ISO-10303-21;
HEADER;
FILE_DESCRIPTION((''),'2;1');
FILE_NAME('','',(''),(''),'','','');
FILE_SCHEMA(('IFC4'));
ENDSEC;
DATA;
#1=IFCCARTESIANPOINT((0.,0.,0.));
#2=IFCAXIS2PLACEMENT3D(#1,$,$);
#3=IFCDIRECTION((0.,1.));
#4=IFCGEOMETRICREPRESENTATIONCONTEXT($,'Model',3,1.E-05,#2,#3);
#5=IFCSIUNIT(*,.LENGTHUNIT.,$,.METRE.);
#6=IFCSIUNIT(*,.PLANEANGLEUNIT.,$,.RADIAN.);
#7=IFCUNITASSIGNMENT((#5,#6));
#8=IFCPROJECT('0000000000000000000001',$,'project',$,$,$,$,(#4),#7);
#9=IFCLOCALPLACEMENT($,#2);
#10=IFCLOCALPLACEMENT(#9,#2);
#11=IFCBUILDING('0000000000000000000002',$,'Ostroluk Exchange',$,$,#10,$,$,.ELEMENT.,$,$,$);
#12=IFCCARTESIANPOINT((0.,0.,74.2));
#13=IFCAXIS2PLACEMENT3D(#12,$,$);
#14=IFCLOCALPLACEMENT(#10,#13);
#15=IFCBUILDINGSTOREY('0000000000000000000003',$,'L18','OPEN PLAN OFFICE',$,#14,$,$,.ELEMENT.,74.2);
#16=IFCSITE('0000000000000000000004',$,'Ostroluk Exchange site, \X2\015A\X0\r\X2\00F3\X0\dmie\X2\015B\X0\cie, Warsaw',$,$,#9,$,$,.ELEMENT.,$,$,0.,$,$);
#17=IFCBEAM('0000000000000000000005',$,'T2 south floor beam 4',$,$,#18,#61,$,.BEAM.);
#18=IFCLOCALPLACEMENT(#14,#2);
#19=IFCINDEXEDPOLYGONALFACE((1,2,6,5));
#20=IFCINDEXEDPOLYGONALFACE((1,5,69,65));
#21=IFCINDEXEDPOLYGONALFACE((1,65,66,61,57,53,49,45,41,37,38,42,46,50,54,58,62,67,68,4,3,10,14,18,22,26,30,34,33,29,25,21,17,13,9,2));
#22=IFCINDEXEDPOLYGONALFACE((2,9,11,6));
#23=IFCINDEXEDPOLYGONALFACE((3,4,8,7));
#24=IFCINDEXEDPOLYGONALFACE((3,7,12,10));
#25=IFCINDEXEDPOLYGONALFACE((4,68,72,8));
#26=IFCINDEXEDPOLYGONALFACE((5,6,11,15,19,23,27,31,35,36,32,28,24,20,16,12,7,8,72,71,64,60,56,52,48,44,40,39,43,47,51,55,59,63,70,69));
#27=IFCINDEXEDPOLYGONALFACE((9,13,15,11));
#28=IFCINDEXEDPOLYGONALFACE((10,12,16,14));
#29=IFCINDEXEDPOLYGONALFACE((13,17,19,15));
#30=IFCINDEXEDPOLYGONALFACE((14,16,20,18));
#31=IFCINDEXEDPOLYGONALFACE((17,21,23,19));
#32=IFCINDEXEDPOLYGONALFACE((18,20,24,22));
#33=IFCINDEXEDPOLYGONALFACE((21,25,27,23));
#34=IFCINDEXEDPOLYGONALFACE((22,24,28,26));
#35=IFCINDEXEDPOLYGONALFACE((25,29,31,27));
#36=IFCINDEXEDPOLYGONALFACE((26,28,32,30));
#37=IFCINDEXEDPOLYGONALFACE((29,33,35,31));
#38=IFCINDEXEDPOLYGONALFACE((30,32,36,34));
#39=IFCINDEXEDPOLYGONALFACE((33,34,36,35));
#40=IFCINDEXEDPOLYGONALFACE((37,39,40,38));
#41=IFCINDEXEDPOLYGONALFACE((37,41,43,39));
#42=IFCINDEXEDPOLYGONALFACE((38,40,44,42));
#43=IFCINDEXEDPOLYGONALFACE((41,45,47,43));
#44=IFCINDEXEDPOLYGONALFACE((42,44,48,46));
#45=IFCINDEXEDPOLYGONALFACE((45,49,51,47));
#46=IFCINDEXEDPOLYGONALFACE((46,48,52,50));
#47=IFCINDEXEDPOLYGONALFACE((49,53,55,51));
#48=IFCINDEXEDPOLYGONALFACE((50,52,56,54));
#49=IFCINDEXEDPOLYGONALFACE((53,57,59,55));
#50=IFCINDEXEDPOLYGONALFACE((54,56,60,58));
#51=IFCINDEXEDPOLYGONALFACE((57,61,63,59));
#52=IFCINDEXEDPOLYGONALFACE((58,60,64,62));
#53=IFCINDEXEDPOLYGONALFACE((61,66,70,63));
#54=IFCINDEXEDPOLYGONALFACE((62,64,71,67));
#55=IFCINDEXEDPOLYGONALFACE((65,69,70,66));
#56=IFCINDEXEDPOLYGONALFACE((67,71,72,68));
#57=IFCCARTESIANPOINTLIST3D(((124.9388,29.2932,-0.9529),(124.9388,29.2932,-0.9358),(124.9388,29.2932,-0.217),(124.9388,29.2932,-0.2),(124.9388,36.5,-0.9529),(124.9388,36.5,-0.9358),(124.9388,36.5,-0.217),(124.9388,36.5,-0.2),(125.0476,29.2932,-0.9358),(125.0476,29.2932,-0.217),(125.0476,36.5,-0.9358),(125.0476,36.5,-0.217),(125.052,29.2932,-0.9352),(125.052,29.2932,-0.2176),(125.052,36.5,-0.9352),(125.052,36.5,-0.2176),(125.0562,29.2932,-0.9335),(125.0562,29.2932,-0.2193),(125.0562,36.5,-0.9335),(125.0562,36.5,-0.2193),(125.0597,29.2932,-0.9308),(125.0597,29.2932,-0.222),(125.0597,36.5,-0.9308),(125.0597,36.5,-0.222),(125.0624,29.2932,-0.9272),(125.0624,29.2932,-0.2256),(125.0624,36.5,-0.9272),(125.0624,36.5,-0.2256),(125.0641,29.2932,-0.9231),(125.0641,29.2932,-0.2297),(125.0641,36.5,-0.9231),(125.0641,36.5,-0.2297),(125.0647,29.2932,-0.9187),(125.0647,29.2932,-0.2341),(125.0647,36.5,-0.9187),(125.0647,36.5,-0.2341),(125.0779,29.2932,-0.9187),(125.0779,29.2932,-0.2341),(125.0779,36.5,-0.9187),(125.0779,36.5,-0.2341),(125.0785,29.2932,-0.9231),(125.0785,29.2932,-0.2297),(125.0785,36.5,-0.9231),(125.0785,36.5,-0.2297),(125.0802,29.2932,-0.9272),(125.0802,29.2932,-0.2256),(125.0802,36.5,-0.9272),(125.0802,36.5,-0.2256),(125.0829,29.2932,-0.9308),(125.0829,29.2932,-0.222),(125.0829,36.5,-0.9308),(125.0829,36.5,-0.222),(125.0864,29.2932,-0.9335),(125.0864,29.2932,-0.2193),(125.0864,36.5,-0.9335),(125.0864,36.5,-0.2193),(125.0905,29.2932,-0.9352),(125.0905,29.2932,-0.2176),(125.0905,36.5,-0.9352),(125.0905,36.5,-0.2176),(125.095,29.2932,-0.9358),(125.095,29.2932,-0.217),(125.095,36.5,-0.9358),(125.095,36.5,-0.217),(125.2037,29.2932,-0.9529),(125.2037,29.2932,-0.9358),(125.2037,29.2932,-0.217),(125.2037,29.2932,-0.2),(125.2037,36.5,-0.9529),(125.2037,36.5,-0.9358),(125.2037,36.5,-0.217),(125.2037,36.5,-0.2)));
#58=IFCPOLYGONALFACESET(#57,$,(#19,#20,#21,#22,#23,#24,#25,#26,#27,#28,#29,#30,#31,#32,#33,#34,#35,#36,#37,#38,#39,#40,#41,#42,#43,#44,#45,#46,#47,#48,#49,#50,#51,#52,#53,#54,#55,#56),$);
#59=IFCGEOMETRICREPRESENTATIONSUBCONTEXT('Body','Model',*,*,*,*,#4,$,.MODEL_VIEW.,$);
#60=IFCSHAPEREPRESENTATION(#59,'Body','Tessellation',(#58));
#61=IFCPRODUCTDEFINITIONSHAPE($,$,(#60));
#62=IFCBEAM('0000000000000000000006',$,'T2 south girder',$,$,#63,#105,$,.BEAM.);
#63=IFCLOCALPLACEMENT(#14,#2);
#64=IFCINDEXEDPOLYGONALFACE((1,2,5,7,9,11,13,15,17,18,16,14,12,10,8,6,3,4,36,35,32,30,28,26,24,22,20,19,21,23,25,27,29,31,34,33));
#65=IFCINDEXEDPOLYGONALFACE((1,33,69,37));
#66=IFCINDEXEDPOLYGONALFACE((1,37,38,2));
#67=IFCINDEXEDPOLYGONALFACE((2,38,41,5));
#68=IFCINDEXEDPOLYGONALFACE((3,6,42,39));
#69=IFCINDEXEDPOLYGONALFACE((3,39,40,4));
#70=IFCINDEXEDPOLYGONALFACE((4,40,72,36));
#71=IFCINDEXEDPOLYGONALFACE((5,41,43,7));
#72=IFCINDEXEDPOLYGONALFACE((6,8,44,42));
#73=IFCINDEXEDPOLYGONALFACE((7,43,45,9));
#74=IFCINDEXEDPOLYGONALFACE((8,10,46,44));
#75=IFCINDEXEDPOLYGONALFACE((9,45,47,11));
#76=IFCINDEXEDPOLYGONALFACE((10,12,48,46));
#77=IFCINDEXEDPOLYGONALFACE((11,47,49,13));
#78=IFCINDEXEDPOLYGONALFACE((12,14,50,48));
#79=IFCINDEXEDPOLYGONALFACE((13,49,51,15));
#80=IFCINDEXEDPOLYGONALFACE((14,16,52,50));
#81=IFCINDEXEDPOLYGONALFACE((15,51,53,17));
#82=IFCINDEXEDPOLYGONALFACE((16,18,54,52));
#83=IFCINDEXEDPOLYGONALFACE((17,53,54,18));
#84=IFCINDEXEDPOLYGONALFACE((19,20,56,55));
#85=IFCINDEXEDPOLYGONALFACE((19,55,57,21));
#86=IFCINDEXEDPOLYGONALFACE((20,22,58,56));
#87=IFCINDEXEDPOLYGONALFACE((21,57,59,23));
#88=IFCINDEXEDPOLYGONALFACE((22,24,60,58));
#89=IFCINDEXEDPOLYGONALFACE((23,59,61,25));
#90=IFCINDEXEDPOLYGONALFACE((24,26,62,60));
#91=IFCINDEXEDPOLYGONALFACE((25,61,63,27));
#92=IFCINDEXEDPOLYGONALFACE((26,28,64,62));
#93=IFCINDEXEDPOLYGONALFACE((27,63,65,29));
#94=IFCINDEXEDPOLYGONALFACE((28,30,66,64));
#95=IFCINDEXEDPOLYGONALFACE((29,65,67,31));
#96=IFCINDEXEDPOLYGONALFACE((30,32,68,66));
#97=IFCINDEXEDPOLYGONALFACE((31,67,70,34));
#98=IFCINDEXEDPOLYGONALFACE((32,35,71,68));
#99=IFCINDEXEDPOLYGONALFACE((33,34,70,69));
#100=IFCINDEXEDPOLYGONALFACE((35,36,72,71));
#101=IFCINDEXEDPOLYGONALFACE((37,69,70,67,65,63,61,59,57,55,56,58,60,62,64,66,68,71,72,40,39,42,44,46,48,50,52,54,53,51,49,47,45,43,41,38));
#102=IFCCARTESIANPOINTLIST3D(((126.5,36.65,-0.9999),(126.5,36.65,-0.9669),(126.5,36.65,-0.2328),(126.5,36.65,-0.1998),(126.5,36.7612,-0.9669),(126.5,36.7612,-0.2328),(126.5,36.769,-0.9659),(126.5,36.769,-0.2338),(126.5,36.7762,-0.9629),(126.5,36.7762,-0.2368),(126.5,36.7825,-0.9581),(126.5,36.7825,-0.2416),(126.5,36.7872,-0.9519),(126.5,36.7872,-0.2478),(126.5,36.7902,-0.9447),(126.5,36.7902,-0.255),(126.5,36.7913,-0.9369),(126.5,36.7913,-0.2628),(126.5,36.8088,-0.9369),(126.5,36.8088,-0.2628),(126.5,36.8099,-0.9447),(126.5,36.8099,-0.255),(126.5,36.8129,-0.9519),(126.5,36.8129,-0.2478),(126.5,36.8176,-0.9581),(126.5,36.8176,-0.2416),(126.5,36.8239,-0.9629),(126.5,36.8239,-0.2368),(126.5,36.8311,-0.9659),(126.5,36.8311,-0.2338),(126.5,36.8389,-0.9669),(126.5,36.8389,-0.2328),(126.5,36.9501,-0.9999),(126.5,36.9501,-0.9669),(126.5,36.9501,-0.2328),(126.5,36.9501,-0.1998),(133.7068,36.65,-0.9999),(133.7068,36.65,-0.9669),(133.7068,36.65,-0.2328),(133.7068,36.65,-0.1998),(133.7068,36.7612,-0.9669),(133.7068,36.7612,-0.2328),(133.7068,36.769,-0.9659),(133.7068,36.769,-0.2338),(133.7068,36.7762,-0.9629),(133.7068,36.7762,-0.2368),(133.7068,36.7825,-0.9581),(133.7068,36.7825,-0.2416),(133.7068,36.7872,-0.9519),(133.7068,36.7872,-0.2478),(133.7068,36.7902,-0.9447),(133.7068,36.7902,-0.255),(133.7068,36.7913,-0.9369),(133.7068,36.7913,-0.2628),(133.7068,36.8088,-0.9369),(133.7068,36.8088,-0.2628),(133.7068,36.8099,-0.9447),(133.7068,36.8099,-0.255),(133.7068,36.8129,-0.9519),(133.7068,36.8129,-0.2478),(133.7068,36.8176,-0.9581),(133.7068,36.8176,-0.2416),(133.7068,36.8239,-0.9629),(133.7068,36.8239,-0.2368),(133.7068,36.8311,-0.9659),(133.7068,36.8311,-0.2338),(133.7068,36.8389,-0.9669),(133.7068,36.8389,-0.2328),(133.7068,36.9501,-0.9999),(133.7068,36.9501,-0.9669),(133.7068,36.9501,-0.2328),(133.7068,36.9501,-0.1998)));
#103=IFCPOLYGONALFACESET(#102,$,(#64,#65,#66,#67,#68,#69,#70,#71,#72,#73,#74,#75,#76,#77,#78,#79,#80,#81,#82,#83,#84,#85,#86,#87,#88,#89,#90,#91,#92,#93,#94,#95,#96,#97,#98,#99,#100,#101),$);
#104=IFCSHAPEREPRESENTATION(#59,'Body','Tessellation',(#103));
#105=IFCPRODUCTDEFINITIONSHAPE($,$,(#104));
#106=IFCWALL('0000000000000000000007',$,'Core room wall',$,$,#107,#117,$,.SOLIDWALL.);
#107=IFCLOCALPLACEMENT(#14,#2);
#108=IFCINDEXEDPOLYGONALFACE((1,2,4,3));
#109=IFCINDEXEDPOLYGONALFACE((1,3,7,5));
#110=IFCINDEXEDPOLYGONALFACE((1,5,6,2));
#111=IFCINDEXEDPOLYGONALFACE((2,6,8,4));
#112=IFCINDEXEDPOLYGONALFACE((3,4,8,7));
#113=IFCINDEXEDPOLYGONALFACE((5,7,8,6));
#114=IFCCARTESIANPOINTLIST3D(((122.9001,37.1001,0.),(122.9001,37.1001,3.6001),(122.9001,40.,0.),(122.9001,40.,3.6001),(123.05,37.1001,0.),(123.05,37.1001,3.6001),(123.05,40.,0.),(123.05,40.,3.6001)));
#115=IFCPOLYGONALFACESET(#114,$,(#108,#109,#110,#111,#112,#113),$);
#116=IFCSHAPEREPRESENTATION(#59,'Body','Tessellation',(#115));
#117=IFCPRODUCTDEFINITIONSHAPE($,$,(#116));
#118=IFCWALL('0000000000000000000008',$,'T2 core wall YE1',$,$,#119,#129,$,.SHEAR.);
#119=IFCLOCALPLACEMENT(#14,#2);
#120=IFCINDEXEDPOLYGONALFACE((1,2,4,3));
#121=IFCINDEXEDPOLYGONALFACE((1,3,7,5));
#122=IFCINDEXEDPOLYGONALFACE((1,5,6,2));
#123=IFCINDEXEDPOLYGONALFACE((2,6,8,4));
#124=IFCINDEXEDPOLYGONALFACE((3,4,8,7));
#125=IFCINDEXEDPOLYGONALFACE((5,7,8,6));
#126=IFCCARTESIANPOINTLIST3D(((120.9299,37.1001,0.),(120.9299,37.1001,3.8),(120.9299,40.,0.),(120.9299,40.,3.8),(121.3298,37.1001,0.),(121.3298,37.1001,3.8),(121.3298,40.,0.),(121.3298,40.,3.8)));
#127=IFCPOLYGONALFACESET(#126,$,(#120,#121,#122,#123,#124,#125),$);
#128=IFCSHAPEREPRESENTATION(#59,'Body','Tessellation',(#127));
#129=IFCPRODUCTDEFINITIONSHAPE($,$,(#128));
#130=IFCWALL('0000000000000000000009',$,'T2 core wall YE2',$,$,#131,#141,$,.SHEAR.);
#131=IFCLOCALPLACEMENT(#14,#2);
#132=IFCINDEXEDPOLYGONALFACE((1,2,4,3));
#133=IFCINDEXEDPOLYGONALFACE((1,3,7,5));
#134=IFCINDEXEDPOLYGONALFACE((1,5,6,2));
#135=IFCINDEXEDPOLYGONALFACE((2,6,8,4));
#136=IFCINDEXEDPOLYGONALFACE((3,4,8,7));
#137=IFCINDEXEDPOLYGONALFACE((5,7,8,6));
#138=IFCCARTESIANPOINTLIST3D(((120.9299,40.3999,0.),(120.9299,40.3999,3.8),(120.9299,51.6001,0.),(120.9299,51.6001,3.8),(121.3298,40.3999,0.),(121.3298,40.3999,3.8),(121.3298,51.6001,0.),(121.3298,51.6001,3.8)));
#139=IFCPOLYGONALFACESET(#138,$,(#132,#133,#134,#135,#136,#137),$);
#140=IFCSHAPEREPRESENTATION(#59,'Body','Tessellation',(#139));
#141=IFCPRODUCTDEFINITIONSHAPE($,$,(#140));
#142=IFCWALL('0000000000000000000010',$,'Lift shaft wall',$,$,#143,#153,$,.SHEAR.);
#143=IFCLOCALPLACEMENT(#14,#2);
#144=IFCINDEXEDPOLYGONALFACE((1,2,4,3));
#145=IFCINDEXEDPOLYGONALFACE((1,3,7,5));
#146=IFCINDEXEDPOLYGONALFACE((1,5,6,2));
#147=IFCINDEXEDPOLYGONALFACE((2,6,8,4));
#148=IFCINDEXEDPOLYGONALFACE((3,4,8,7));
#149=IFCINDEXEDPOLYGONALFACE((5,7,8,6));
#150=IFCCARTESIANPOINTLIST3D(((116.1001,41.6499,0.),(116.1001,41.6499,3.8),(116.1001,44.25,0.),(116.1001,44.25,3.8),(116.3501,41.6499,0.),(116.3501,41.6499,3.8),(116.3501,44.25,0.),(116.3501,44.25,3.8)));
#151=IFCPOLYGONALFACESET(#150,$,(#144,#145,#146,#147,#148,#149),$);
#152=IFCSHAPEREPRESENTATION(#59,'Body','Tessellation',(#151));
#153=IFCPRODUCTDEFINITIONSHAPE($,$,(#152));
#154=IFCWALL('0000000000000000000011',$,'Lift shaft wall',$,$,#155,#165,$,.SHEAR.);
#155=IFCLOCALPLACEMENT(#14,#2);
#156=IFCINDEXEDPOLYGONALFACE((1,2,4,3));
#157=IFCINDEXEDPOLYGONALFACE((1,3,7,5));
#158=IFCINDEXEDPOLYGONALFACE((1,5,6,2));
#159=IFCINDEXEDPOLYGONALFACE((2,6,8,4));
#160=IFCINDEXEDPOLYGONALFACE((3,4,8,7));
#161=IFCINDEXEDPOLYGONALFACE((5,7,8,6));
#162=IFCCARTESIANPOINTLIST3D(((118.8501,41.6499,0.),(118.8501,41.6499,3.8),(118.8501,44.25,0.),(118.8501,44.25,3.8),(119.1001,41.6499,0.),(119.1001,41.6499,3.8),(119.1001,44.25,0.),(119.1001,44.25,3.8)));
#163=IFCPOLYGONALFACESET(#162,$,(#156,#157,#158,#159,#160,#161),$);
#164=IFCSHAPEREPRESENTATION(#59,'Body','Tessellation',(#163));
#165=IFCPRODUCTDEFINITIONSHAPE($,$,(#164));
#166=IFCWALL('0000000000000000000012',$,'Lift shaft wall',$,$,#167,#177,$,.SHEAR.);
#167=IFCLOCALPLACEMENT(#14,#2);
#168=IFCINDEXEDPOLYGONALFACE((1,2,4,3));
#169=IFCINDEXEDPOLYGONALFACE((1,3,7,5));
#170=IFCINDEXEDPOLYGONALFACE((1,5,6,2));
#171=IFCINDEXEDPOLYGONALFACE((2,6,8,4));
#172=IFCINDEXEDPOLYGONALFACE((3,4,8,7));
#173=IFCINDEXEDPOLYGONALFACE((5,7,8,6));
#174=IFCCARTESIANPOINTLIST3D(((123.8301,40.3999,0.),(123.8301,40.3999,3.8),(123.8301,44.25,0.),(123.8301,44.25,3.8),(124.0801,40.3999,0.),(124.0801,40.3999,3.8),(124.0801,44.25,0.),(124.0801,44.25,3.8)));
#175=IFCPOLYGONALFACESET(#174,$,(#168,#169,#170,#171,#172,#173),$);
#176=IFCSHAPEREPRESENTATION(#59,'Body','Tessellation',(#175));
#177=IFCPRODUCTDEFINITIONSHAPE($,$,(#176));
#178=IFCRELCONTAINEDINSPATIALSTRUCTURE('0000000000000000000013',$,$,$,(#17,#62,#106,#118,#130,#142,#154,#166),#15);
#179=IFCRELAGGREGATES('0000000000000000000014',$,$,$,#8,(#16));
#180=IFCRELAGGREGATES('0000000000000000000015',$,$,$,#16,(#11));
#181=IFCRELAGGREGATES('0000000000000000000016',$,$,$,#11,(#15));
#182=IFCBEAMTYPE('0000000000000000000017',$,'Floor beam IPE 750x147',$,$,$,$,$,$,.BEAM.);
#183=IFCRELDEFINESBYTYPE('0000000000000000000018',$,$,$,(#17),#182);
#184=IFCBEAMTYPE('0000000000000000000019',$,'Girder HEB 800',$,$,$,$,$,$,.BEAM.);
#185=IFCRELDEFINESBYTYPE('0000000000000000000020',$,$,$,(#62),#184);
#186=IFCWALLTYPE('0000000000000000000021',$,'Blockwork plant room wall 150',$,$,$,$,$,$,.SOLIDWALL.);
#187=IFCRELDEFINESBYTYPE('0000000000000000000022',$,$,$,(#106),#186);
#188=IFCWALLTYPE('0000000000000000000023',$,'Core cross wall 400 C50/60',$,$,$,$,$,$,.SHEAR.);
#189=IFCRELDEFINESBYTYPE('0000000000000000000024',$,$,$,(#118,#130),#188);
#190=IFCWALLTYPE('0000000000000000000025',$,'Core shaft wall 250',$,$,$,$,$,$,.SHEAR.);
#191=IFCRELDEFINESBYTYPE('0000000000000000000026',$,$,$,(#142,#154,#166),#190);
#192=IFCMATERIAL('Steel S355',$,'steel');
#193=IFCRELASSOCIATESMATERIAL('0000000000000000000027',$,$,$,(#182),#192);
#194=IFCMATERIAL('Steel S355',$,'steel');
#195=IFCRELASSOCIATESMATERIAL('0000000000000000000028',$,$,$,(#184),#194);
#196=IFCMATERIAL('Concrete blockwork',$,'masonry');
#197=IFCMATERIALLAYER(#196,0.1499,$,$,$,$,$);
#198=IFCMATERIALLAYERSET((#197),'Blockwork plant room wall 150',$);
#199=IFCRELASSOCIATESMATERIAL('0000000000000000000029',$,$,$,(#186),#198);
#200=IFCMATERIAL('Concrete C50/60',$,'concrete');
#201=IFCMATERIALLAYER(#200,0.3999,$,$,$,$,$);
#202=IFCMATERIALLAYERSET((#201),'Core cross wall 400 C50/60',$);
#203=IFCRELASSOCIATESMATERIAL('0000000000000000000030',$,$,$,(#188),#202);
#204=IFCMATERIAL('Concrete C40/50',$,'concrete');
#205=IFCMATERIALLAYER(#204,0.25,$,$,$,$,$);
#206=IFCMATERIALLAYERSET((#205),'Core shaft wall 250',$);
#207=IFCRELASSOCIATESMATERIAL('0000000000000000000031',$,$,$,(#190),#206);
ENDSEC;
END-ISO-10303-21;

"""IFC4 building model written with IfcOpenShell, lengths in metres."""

from ifc_helpers import new_model, si_unit, direction, frame, frame_2d, origin, origin_2d, place, context, subcontext, project, spatial, rectangle, i_section, extrude, material, layer, layer_set, material_profile, profile_set, type_object, element, save


model = new_model("IFC4")

# Units and contexts
model_context = context("Model", 3, precision=1e-05, world=origin(), true_north=direction((0.0, 1.0)))
body_context = subcontext(model_context, "Body", "Model", "MODEL_VIEW")
ifc_project = project(units=[si_unit("LENGTHUNIT", "METRE"), si_unit("PLANEANGLEUNIT", "RADIAN")], contexts=[model_context])

# Site, building, storey
site_placement = place(None, origin())
site = spatial("IfcSite", under=ifc_project, at=site_placement, Name="Ostroluk Exchange site, Śródmieście, Warsaw", CompositionType="ELEMENT", RefElevation=0.0)
building_placement = place(site_placement, origin())
building = spatial("IfcBuilding", under=site, at=building_placement, Name="Ostroluk Exchange", CompositionType="ELEMENT")
storey_placement = place(building_placement, frame((0.0, 0.0, 74.2)))
storey = spatial("IfcBuildingStorey", under=building, at=storey_placement, Name="L18", Description="OPEN PLAN OFFICE", CompositionType="ELEMENT", Elevation=74.2)

# Beams
ifc_material_1 = material(Name="Steel S355", Category="steel")
ifc_material_profile_1 = material_profile(ifc_material_1, i_section(OverallWidth=0.2649, OverallDepth=0.7529, WebThickness=0.0132, FlangeThickness=0.0171, FilletRadius=0.0171, at=origin_2d()), Name="IPE 750x147")
ifc_profile_set_1 = profile_set([ifc_material_profile_1], Name="Steel S355")
beam_type_1 = type_object("IfcBeamType", Name="Floor beam IPE 750x147", PredefinedType="BEAM", material=ifc_profile_set_1)
for number, where, z_axis, x_axis, name in (
    (1, (125.0713, 36.5, -0.5764), (0.0, -1.0, 0.0), (1.0, 0.0, 0.0), "T2 south floor beam 4"),
):
    element("IfcBeam", number, at=place(storey_placement, frame(where, z_axis=z_axis, x_axis=x_axis)), inside=storey, type_object=beam_type_1, Name=name, PredefinedType="BEAM", context=body_context, shape_type="SweptSolid", body=[
        extrude(i_section(OverallWidth=0.2649, OverallDepth=0.7529, WebThickness=0.0132, FlangeThickness=0.0171, FilletRadius=0.0171, at=origin_2d()), origin(), (0.0, 0.0, 1.0), 7.2068),
    ])
ifc_material_2 = material(Name="Steel S355", Category="steel")
ifc_material_profile_2 = material_profile(ifc_material_2, i_section(OverallWidth=0.3, OverallDepth=0.8, WebThickness=0.0176, FlangeThickness=0.033, FilletRadius=0.03, at=origin_2d()), Name="HEB 800")
ifc_profile_set_2 = profile_set([ifc_material_profile_2], Name="Steel S355")
beam_type_2 = type_object("IfcBeamType", Name="Girder HEB 800", PredefinedType="BEAM", material=ifc_profile_set_2)
beam_placement = place(storey_placement, frame((126.5, 36.8, -0.5999), z_axis=(1.0, 0.0, 0.0), x_axis=(0.0, 1.0, 0.0)))
element("IfcBeam", 2, at=beam_placement, inside=storey, type_object=beam_type_2, Name="T2 south girder", PredefinedType="BEAM", context=body_context, shape_type="SweptSolid", body=[
    extrude(i_section(OverallWidth=0.3, OverallDepth=0.8, WebThickness=0.0176, FlangeThickness=0.033, FilletRadius=0.03, at=origin_2d()), origin(), (0.0, 0.0, 1.0), 7.2068),
])

# Walls
ifc_material_3 = material(Name="Concrete blockwork", Category="masonry")
ifc_layer_1 = layer(ifc_material_3, 0.1499)
ifc_layer_set_1 = layer_set([ifc_layer_1], Name="Blockwork plant room wall 150")
wall_type_1 = type_object("IfcWallType", Name="Blockwork plant room wall 150", PredefinedType="SOLIDWALL", material=ifc_layer_set_1)
wall_1_placement = place(storey_placement, frame((122.9751, 37.1001, 0.0), z_axis=(0.0, 0.0, 1.0), x_axis=(0.0, 1.0, 0.0)))
element("IfcWall", 3, at=wall_1_placement, inside=storey, type_object=wall_type_1, Name="Core room wall", PredefinedType="SOLIDWALL", context=body_context, shape_type="SweptSolid", body=[
    extrude(rectangle(XDim=2.8999, YDim=0.1499, at=frame_2d((1.45, 0.0))), origin(), (0.0, 0.0, 1.0), 3.6001),
])
ifc_material_4 = material(Name="Concrete C50/60", Category="concrete")
ifc_layer_2 = layer(ifc_material_4, 0.3999)
ifc_layer_set_2 = layer_set([ifc_layer_2], Name="Core cross wall 400 C50/60")
wall_type_2 = type_object("IfcWallType", Name="Core cross wall 400 C50/60", PredefinedType="SHEAR", material=ifc_layer_set_2)
wall_2_placement = place(storey_placement, frame((121.1299, 37.1001, 0.0), z_axis=(0.0, 0.0, 1.0), x_axis=(0.0, 1.0, 0.0)))
element("IfcWall", 4, at=wall_2_placement, inside=storey, type_object=wall_type_2, Name="T2 core wall YE1", PredefinedType="SHEAR", context=body_context, shape_type="SweptSolid", body=[
    extrude(rectangle(XDim=2.8999, YDim=0.3999, at=frame_2d((1.45, 0.0))), origin(), (0.0, 0.0, 1.0), 3.8),
])
wall_3_placement = place(storey_placement, frame((121.1299, 40.3999, 0.0), z_axis=(0.0, 0.0, 1.0), x_axis=(0.0, 1.0, 0.0)))
element("IfcWall", 5, at=wall_3_placement, inside=storey, type_object=wall_type_2, Name="T2 core wall YE2", PredefinedType="SHEAR", context=body_context, shape_type="SweptSolid", body=[
    extrude(rectangle(XDim=11.2002, YDim=0.3999, at=frame_2d((5.6001, 0.0))), origin(), (0.0, 0.0, 1.0), 3.8),
])
ifc_material_5 = material(Name="Concrete C40/50", Category="concrete")
ifc_layer_3 = layer(ifc_material_5, 0.25)
ifc_layer_set_3 = layer_set([ifc_layer_3], Name="Core shaft wall 250")
wall_type_3 = type_object("IfcWallType", Name="Core shaft wall 250", PredefinedType="SHEAR", material=ifc_layer_set_3)
for number, where, z_axis, x_axis, name in (
    (6, (116.2251, 44.25, 0.0), (0.0, 0.0, 1.0), (0.0, -1.0, 0.0), "Lift shaft wall"),
    (7, (118.9751, 44.25, 0.0), (0.0, 0.0, 1.0), (0.0, -1.0, 0.0), "Lift shaft wall"),
):
    element("IfcWall", number, at=place(storey_placement, frame(where, z_axis=z_axis, x_axis=x_axis)), inside=storey, type_object=wall_type_3, Name=name, PredefinedType="SHEAR", context=body_context, shape_type="SweptSolid", body=[
        extrude(rectangle(XDim=2.6001, YDim=0.25, at=frame_2d((1.3, 0.0))), origin(), (0.0, 0.0, 1.0), 3.8),
    ])
wall_4_placement = place(storey_placement, frame((123.9551, 44.25, 0.0), z_axis=(0.0, 0.0, 1.0), x_axis=(0.0, -1.0, 0.0)))
element("IfcWall", 8, at=wall_4_placement, inside=storey, type_object=wall_type_3, Name="Lift shaft wall", PredefinedType="SHEAR", context=body_context, shape_type="SweptSolid", body=[
    extrude(rectangle(XDim=3.8501, YDim=0.25, at=frame_2d((1.925, 0.0))), origin(), (0.0, 0.0, 1.0), 3.8),
])

save(model, "model.ifc")
